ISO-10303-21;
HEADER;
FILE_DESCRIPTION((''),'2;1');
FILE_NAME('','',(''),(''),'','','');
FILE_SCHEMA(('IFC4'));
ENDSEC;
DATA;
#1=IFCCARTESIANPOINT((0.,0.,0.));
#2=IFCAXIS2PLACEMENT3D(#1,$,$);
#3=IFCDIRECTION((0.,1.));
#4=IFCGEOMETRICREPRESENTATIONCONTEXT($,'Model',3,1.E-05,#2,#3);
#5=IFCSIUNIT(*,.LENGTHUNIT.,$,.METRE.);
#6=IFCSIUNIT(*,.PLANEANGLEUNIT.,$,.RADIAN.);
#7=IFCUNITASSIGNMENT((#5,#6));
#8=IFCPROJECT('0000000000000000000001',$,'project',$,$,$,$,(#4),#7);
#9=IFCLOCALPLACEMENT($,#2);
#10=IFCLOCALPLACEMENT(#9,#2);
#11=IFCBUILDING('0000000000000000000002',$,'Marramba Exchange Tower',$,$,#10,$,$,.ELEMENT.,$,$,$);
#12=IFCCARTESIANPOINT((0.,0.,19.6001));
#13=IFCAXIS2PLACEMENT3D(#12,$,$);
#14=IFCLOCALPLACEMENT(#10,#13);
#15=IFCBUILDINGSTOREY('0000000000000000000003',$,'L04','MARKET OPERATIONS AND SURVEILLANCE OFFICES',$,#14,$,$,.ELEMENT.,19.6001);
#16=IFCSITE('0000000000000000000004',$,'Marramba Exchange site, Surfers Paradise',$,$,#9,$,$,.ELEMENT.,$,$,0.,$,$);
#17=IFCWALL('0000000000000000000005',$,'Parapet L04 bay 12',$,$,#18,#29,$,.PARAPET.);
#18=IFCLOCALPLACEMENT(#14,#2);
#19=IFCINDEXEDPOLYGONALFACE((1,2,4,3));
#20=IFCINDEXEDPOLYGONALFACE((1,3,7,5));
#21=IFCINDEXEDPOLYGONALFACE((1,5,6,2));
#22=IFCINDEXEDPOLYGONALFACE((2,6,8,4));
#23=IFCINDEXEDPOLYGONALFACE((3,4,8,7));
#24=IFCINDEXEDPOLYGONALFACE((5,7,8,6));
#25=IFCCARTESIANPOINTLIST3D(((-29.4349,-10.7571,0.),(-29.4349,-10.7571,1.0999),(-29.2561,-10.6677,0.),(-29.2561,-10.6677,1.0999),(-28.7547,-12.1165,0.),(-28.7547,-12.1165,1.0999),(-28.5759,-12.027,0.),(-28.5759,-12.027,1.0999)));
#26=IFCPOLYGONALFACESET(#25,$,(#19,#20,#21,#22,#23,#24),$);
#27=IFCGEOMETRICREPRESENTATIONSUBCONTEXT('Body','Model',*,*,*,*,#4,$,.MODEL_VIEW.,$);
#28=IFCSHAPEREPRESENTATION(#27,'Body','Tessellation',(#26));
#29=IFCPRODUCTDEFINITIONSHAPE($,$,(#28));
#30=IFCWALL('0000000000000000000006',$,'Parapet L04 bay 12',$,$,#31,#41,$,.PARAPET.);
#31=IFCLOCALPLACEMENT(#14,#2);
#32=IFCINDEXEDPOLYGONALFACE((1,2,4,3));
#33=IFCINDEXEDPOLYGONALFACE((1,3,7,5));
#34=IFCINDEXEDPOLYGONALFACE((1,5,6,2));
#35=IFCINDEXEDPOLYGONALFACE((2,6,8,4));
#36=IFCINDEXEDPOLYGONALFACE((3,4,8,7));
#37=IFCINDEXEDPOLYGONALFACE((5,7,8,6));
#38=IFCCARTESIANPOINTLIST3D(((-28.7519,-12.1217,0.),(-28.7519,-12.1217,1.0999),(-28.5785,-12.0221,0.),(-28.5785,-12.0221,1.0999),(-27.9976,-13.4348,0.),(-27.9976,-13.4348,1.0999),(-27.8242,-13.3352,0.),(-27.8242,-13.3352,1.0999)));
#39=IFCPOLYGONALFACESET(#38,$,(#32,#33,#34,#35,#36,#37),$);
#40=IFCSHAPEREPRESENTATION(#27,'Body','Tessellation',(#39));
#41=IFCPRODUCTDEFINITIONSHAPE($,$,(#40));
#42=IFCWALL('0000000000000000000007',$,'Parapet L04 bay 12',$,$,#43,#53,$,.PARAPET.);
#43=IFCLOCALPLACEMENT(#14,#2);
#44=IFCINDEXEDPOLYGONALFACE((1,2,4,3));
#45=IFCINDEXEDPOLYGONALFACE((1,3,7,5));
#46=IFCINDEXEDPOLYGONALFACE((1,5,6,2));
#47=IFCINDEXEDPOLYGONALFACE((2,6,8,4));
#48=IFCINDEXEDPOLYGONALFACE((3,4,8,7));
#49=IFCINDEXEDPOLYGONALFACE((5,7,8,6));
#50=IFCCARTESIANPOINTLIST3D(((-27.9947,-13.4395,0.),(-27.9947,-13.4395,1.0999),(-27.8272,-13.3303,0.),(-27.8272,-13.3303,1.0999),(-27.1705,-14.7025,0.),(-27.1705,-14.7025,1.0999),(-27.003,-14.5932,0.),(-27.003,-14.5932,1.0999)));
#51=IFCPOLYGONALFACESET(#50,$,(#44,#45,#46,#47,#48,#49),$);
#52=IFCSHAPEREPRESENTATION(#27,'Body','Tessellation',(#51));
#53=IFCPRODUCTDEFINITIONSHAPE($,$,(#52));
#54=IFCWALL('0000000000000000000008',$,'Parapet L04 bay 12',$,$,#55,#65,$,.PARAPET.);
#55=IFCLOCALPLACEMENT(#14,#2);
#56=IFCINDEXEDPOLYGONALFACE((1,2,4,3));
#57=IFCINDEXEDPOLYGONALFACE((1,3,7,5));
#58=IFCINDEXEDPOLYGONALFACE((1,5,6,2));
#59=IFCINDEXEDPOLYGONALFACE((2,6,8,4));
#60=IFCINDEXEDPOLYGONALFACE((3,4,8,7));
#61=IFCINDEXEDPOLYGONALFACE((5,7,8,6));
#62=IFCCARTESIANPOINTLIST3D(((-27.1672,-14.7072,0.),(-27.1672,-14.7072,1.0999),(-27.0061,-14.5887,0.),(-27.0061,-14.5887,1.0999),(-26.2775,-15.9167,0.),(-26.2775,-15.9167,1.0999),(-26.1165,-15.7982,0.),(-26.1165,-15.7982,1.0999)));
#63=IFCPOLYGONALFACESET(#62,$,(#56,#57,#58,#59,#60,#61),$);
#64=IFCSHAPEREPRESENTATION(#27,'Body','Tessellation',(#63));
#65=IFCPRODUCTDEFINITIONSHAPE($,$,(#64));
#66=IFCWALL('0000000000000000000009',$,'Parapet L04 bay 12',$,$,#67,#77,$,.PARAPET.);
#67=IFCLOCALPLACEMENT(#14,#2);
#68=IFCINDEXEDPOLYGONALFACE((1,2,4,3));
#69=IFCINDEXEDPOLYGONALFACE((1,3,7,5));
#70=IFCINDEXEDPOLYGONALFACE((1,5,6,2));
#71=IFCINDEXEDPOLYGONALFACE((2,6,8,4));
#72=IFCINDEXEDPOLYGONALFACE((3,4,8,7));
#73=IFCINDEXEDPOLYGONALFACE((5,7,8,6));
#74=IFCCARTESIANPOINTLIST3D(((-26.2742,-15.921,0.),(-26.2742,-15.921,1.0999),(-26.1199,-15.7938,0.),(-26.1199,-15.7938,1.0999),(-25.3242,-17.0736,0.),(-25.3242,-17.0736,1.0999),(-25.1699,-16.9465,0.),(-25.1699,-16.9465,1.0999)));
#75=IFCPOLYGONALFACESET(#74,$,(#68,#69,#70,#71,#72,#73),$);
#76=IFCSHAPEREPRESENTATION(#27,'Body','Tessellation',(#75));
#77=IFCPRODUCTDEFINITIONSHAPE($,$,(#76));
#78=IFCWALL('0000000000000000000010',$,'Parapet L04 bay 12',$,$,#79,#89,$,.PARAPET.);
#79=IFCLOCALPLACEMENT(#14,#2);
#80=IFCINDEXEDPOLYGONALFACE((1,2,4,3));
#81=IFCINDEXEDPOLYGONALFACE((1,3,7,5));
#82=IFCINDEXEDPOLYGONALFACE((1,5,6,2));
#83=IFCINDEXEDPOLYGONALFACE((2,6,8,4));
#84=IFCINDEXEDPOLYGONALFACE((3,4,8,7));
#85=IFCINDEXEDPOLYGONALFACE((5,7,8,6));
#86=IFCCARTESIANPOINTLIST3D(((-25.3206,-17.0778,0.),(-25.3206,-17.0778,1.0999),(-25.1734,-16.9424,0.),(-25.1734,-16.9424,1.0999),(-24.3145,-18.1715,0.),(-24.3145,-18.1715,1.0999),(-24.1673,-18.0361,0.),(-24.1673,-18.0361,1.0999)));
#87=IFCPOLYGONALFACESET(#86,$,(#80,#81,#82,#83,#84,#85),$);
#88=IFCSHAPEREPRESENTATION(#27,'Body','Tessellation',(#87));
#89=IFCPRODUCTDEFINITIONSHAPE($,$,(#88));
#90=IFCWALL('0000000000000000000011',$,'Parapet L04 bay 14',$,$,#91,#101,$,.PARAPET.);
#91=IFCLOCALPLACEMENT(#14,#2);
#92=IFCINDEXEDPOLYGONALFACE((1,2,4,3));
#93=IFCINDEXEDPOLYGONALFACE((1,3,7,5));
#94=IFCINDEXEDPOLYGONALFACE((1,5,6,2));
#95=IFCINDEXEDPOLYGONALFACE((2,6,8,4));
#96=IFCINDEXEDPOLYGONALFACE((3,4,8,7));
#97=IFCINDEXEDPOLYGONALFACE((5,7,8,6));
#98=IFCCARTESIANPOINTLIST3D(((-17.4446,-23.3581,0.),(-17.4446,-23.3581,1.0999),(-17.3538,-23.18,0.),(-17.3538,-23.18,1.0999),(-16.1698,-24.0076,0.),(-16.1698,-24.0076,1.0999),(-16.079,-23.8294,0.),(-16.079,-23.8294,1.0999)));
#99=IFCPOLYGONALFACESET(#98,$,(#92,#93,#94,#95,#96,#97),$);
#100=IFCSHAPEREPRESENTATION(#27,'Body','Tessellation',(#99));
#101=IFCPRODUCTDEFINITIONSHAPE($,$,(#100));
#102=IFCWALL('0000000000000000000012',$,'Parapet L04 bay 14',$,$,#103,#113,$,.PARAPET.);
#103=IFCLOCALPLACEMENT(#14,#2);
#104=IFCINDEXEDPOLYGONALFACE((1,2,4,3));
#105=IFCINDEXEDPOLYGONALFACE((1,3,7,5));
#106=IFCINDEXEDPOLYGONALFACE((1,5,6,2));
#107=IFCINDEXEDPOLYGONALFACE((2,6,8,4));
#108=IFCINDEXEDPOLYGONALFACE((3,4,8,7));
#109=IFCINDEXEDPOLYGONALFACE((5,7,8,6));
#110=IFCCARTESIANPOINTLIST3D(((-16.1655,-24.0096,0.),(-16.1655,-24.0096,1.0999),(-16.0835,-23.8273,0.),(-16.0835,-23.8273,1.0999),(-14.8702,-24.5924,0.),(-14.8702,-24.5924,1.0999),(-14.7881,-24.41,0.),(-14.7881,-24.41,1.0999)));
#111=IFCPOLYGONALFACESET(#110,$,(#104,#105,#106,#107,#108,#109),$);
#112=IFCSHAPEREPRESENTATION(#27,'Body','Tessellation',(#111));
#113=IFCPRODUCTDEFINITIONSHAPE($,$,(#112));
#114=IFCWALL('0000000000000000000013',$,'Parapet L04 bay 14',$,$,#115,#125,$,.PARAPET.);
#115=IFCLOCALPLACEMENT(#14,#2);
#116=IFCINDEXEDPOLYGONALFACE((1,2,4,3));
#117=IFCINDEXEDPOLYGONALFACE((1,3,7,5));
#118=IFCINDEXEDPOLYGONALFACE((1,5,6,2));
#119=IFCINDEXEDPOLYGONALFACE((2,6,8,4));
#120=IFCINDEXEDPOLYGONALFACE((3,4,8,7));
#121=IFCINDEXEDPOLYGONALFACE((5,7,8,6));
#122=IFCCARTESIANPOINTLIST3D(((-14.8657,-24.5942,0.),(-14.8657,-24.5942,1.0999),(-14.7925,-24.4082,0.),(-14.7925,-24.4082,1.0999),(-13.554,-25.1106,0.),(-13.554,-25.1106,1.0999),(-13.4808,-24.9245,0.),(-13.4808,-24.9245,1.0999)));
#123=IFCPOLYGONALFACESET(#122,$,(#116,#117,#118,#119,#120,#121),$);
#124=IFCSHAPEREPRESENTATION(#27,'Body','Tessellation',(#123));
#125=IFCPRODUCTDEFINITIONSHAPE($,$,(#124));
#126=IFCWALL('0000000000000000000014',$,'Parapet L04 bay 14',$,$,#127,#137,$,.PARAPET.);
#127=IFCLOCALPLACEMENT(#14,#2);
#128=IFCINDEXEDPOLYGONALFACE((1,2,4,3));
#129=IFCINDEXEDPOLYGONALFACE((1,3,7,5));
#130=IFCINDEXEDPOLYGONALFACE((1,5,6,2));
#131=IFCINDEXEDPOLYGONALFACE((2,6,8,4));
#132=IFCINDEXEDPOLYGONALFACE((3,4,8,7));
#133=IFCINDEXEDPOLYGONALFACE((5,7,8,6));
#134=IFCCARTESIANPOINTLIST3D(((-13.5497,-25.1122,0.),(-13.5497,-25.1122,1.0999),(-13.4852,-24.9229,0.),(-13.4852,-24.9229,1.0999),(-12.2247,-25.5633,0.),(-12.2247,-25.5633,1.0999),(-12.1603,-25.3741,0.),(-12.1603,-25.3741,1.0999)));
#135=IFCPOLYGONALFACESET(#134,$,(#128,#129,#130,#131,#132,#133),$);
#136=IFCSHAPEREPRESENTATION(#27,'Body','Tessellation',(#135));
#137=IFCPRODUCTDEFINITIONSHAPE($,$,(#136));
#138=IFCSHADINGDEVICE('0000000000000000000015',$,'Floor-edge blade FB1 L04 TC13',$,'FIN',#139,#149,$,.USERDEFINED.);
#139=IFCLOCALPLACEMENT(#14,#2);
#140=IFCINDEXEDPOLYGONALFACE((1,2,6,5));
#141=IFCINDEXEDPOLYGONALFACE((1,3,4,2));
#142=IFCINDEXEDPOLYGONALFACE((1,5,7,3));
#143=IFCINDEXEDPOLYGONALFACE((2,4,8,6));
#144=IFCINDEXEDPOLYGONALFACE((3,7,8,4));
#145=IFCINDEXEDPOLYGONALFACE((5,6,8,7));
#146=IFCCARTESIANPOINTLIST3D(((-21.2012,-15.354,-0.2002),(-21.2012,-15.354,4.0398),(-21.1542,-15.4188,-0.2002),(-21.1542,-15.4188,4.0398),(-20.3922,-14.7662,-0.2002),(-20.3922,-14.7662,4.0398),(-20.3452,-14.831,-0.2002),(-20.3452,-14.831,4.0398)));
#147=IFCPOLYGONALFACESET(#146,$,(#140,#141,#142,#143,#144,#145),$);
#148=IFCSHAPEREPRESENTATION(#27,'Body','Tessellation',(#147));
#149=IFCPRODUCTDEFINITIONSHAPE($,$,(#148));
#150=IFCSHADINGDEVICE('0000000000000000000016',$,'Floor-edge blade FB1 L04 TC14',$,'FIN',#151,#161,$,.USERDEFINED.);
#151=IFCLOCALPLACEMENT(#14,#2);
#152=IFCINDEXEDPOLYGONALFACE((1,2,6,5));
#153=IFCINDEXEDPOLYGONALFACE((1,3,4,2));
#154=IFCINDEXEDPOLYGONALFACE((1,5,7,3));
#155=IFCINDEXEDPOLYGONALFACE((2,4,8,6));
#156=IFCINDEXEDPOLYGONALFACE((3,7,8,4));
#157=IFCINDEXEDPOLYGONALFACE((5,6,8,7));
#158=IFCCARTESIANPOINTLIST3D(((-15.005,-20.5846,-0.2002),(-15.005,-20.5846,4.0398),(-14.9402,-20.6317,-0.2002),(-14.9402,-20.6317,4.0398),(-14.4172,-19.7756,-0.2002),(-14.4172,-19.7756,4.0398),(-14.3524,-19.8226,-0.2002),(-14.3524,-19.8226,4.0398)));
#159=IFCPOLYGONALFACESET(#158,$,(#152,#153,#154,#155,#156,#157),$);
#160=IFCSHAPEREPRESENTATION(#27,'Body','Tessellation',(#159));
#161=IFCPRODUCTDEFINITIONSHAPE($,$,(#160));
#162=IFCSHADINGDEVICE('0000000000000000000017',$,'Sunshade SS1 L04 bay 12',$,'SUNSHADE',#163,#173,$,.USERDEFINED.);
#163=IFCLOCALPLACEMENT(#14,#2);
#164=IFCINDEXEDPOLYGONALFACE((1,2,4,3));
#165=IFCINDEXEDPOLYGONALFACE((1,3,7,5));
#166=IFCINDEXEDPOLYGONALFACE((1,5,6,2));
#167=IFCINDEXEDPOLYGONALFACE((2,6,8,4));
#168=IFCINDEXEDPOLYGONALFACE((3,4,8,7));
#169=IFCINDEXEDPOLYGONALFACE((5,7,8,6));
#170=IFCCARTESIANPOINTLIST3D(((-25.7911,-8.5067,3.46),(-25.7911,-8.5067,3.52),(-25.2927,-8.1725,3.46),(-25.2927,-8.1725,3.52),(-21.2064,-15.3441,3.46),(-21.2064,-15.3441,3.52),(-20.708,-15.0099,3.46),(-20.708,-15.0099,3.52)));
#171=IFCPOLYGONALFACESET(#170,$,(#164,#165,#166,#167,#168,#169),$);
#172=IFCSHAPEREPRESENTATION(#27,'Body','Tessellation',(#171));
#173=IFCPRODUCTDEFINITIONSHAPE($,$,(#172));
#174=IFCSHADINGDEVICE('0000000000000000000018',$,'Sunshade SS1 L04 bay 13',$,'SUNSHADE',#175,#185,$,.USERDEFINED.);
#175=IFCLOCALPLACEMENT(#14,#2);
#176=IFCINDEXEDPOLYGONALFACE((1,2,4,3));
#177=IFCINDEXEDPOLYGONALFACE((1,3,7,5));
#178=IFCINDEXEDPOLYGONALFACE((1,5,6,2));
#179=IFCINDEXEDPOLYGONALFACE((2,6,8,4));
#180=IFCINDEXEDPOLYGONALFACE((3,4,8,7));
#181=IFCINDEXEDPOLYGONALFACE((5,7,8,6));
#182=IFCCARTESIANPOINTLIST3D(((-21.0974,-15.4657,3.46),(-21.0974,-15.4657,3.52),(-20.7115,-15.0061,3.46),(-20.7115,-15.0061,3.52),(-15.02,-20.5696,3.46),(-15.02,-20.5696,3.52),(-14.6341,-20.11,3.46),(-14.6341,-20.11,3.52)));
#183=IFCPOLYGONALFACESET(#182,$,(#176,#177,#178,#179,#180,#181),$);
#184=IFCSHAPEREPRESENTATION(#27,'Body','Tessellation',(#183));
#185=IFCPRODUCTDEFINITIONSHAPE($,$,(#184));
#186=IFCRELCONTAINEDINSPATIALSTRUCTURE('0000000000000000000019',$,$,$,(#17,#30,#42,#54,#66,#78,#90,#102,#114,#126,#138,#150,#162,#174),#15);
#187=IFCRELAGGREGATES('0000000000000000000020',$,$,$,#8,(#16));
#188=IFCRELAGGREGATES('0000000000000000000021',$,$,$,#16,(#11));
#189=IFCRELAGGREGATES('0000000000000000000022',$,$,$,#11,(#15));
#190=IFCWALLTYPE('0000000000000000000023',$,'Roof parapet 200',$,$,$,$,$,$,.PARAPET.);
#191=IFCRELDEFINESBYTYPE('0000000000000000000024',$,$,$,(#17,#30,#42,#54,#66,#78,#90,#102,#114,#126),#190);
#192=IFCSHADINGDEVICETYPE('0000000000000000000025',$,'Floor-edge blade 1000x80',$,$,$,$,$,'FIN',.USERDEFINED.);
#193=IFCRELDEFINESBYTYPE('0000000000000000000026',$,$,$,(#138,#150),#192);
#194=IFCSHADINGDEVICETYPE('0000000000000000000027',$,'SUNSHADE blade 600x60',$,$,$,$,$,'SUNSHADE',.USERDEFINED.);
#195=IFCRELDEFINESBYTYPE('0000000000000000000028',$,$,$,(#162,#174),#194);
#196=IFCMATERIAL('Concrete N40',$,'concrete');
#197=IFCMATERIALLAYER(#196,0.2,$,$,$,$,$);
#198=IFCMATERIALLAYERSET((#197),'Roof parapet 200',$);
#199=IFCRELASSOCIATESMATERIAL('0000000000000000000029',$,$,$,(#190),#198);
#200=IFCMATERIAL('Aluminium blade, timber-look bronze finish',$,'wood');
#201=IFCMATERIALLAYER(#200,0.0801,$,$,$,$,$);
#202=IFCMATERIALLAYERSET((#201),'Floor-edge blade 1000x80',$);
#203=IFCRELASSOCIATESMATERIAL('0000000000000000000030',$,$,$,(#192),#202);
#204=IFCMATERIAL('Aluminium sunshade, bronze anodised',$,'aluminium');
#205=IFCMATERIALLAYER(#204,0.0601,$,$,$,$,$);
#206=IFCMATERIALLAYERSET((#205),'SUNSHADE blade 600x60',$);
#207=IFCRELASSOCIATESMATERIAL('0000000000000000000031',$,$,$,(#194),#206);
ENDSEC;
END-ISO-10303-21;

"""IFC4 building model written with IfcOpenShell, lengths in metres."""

from ifc_helpers import new_model, si_unit, direction, frame, frame_2d, origin, origin_2d, place, context, subcontext, project, spatial, rectangle, extrude, material, layer, layer_set, type_object, element, save


model = new_model("IFC4")

# Units and contexts
model_context = context("Model", 3, precision=1e-05, world=origin(), true_north=direction((0.0, 1.0)))
body_context = subcontext(model_context, "Body", "Model", "MODEL_VIEW")
ifc_project = project(units=[si_unit("LENGTHUNIT", "METRE"), si_unit("PLANEANGLEUNIT", "RADIAN")], contexts=[model_context])

# Site, building, storey
site_placement = place(None, origin())
site = spatial("IfcSite", under=ifc_project, at=site_placement, Name="Marramba Exchange site, Surfers Paradise", CompositionType="ELEMENT", RefElevation=0.0)
building_placement = place(site_placement, origin())
building = spatial("IfcBuilding", under=site, at=building_placement, Name="Marramba Exchange Tower", CompositionType="ELEMENT")
storey_placement = place(building_placement, frame((0.0, 0.0, 19.6001)))
storey = spatial("IfcBuildingStorey", under=building, at=storey_placement, Name="L04", Description="MARKET OPERATIONS AND SURVEILLANCE OFFICES", CompositionType="ELEMENT", Elevation=19.6001)

# Walls
ifc_material_1 = material(Name="Concrete N40", Category="concrete")
ifc_layer_1 = layer(ifc_material_1, 0.2)
ifc_layer_set_1 = layer_set([ifc_layer_1], Name="Roof parapet 200")
wall_type_1 = type_object("IfcWallType", Name="Roof parapet 200", PredefinedType="PARAPET", material=ifc_layer_set_1)
wall_1_placement = place(storey_placement, frame((-29.3455, -10.7124, 0.0), z_axis=(0.0, 0.0, 1.0), x_axis=(0.447471, -0.894299, 0.0)))
element("IfcWall", 1, at=wall_1_placement, inside=storey, type_object=wall_type_1, Name="Parapet L04 bay 12", PredefinedType="PARAPET", context=body_context, shape_type="SweptSolid", body=[
    extrude(rectangle(XDim=1.52, YDim=0.2, at=frame_2d((0.76, 0.0))), origin(), (0.0, 0.0, 1.0), 1.0999),
])
wall_2_placement = place(storey_placement, frame((-28.6653, -12.0718, 0.0), z_axis=(0.0, 0.0, 1.0), x_axis=(0.498117, -0.86711, 0.0)))
element("IfcWall", 2, at=wall_2_placement, inside=storey, type_object=wall_type_1, Name="Parapet L04 bay 12", PredefinedType="PARAPET", context=body_context, shape_type="SweptSolid", body=[
    extrude(rectangle(XDim=1.5144, YDim=0.2, at=frame_2d((0.7573, 0.0))), origin(), (0.0, 0.0, 1.0), 1.0999),
])
wall_3_placement = place(storey_placement, frame((-27.9109, -13.385, 0.0), z_axis=(0.0, 0.0, 1.0), x_axis=(0.546529, -0.83744, 0.0)))
element("IfcWall", 3, at=wall_3_placement, inside=storey, type_object=wall_type_1, Name="Parapet L04 bay 12", PredefinedType="PARAPET", context=body_context, shape_type="SweptSolid", body=[
    extrude(rectangle(XDim=1.5081, YDim=0.2, at=frame_2d((0.7539, 0.0))), origin(), (0.0, 0.0, 1.0), 1.0999),
])
wall_4_placement = place(storey_placement, frame((-27.0867, -14.6479, 0.0), z_axis=(0.0, 0.0, 1.0), x_axis=(0.592533, -0.805546, 0.0)))
element("IfcWall", 4, at=wall_4_placement, inside=storey, type_object=wall_type_1, Name="Parapet L04 bay 12", PredefinedType="PARAPET", context=body_context, shape_type="SweptSolid", body=[
    extrude(rectangle(XDim=1.5015, YDim=0.2, at=frame_2d((0.7507, 0.0))), origin(), (0.0, 0.0, 1.0), 1.0999),
])
wall_5_placement = place(storey_placement, frame((-26.197, -15.8574, 0.0), z_axis=(0.0, 0.0, 1.0), x_axis=(0.636011, -0.77168, 0.0)))
element("IfcWall", 5, at=wall_5_placement, inside=storey, type_object=wall_type_1, Name="Parapet L04 bay 12", PredefinedType="PARAPET", context=body_context, shape_type="SweptSolid", body=[
    extrude(rectangle(XDim=1.4937, YDim=0.2, at=frame_2d((0.7468, 0.0))), origin(), (0.0, 0.0, 1.0), 1.0999),
])
wall_6_placement = place(storey_placement, frame((-25.2471, -17.01, 0.0), z_axis=(0.0, 0.0, 1.0), x_axis=(0.677003, -0.73598, 0.0)))
element("IfcWall", 6, at=wall_6_placement, inside=storey, type_object=wall_type_1, Name="Parapet L04 bay 12", PredefinedType="PARAPET", context=body_context, shape_type="SweptSolid", body=[
    extrude(rectangle(XDim=1.4861, YDim=0.2, at=frame_2d((0.7432, 0.0))), origin(), (0.0, 0.0, 1.0), 1.0999),
])
wall_7_placement = place(storey_placement, frame((-17.3992, -23.269, 0.0), z_axis=(0.0, 0.0, 1.0), x_axis=(0.891023, -0.453959, 0.0)))
element("IfcWall", 7, at=wall_7_placement, inside=storey, type_object=wall_type_1, Name="Parapet L04 bay 14", PredefinedType="PARAPET", context=body_context, shape_type="SweptSolid", body=[
    extrude(rectangle(XDim=1.4307, YDim=0.2, at=frame_2d((0.7153, 0.0))), origin(), (0.0, 0.0, 1.0), 1.0999),
])
wall_8_placement = place(storey_placement, frame((-16.1245, -23.9185, 0.0), z_axis=(0.0, 0.0, 1.0), x_axis=(0.911967, -0.410265, 0.0)))
element("IfcWall", 8, at=wall_8_placement, inside=storey, type_object=wall_type_1, Name="Parapet L04 bay 14", PredefinedType="PARAPET", context=body_context, shape_type="SweptSolid", body=[
    extrude(rectangle(XDim=1.4204, YDim=0.2, at=frame_2d((0.7102, 0.0))), origin(), (0.0, 0.0, 1.0), 1.0999),
])
wall_9_placement = place(storey_placement, frame((-14.8291, -24.5012, 0.0), z_axis=(0.0, 0.0, 1.0), x_axis=(0.930505, -0.366279, 0.0)))
element("IfcWall", 9, at=wall_9_placement, inside=storey, type_object=wall_type_1, Name="Parapet L04 bay 14", PredefinedType="PARAPET", context=body_context, shape_type="SweptSolid", body=[
    extrude(rectangle(XDim=1.4097, YDim=0.2, at=frame_2d((0.7048, 0.0))), origin(), (0.0, 0.0, 1.0), 1.0999),
])
wall_10_placement = place(storey_placement, frame((-13.5173, -25.0176, 0.0), z_axis=(0.0, 0.0, 1.0), x_axis=(0.946623, -0.322344, 0.0)))
element("IfcWall", 10, at=wall_10_placement, inside=storey, type_object=wall_type_1, Name="Parapet L04 bay 14", PredefinedType="PARAPET", context=body_context, shape_type="SweptSolid", body=[
    extrude(rectangle(XDim=1.3997, YDim=0.2, at=frame_2d((0.6997, 0.0))), origin(), (0.0, 0.0, 1.0), 1.0999),
])

# Shading devices
ifc_material_2 = material(Name="Aluminium blade, timber-look bronze finish", Category="wood")
ifc_layer_2 = layer(ifc_material_2, 0.0801)
ifc_layer_set_2 = layer_set([ifc_layer_2], Name="Floor-edge blade 1000x80")
shading_device_type_1 = type_object("IfcShadingDeviceType", Name="Floor-edge blade 1000x80", ElementType="FIN", PredefinedType="USERDEFINED", material=ifc_layer_set_2)
for number, where, z_axis, x_axis, name in (
    (11, (-20.7732, -15.0925, -0.2002), (0.0, 0.0, 1.0), (-0.809017, -0.587785, 0.0), "Floor-edge blade FB1 L04 TC13"),
    (12, (-14.6787, -20.2036, -0.2002), (0.0, 0.0, 1.0), (-0.587785, -0.809017, 0.0), "Floor-edge blade FB1 L04 TC14"),
):
    element("IfcShadingDevice", number, at=place(storey_placement, frame(where, z_axis=z_axis, x_axis=x_axis)), inside=storey, type_object=shading_device_type_1, Name=name, ObjectType="FIN", PredefinedType="USERDEFINED", context=body_context, shape_type="SweptSolid", body=[
        extrude(rectangle(XDim=1.0, YDim=0.0801, at=origin_2d()), origin(), (0.0, 0.0, 1.0), 4.24),
    ])
ifc_material_3 = material(Name="Aluminium sunshade, bronze anodised", Category="aluminium")
ifc_layer_3 = layer(ifc_material_3, 0.0601)
ifc_layer_set_3 = layer_set([ifc_layer_3], Name="SUNSHADE blade 600x60")
shading_device_type_2 = type_object("IfcShadingDeviceType", Name="SUNSHADE blade 600x60", ElementType="SUNSHADE", PredefinedType="USERDEFINED", material=ifc_layer_set_3)
shading_device_1_placement = place(storey_placement, frame((-23.2495, -11.7583, 3.46), z_axis=(0.0, 0.0, 1.0), x_axis=(0.556924, -0.830563, 0.0)))
element("IfcShadingDevice", 13, at=shading_device_1_placement, inside=storey, type_object=shading_device_type_2, Name="Sunshade SS1 L04 bay 12", ObjectType="SUNSHADE", PredefinedType="USERDEFINED", context=body_context, shape_type="SweptSolid", body=[
    extrude(rectangle(XDim=8.2322, YDim=0.6001, at=origin_2d()), origin(), (0.0, 0.0, 1.0), 0.0601),
])
shading_device_2_placement = place(storey_placement, frame((-17.8657, -17.7878, 3.46), z_axis=(0.0, 0.0, 1.0), x_axis=(0.765776, -0.643107, 0.0)))
element("IfcShadingDevice", 14, at=shading_device_2_placement, inside=storey, type_object=shading_device_type_2, Name="Sunshade SS1 L04 bay 13", ObjectType="SUNSHADE", PredefinedType="USERDEFINED", context=body_context, shape_type="SweptSolid", body=[
    extrude(rectangle(XDim=7.9363, YDim=0.6001, at=origin_2d()), origin(), (0.0, 0.0, 1.0), 0.0601),
])

save(model, "model.ifc")
